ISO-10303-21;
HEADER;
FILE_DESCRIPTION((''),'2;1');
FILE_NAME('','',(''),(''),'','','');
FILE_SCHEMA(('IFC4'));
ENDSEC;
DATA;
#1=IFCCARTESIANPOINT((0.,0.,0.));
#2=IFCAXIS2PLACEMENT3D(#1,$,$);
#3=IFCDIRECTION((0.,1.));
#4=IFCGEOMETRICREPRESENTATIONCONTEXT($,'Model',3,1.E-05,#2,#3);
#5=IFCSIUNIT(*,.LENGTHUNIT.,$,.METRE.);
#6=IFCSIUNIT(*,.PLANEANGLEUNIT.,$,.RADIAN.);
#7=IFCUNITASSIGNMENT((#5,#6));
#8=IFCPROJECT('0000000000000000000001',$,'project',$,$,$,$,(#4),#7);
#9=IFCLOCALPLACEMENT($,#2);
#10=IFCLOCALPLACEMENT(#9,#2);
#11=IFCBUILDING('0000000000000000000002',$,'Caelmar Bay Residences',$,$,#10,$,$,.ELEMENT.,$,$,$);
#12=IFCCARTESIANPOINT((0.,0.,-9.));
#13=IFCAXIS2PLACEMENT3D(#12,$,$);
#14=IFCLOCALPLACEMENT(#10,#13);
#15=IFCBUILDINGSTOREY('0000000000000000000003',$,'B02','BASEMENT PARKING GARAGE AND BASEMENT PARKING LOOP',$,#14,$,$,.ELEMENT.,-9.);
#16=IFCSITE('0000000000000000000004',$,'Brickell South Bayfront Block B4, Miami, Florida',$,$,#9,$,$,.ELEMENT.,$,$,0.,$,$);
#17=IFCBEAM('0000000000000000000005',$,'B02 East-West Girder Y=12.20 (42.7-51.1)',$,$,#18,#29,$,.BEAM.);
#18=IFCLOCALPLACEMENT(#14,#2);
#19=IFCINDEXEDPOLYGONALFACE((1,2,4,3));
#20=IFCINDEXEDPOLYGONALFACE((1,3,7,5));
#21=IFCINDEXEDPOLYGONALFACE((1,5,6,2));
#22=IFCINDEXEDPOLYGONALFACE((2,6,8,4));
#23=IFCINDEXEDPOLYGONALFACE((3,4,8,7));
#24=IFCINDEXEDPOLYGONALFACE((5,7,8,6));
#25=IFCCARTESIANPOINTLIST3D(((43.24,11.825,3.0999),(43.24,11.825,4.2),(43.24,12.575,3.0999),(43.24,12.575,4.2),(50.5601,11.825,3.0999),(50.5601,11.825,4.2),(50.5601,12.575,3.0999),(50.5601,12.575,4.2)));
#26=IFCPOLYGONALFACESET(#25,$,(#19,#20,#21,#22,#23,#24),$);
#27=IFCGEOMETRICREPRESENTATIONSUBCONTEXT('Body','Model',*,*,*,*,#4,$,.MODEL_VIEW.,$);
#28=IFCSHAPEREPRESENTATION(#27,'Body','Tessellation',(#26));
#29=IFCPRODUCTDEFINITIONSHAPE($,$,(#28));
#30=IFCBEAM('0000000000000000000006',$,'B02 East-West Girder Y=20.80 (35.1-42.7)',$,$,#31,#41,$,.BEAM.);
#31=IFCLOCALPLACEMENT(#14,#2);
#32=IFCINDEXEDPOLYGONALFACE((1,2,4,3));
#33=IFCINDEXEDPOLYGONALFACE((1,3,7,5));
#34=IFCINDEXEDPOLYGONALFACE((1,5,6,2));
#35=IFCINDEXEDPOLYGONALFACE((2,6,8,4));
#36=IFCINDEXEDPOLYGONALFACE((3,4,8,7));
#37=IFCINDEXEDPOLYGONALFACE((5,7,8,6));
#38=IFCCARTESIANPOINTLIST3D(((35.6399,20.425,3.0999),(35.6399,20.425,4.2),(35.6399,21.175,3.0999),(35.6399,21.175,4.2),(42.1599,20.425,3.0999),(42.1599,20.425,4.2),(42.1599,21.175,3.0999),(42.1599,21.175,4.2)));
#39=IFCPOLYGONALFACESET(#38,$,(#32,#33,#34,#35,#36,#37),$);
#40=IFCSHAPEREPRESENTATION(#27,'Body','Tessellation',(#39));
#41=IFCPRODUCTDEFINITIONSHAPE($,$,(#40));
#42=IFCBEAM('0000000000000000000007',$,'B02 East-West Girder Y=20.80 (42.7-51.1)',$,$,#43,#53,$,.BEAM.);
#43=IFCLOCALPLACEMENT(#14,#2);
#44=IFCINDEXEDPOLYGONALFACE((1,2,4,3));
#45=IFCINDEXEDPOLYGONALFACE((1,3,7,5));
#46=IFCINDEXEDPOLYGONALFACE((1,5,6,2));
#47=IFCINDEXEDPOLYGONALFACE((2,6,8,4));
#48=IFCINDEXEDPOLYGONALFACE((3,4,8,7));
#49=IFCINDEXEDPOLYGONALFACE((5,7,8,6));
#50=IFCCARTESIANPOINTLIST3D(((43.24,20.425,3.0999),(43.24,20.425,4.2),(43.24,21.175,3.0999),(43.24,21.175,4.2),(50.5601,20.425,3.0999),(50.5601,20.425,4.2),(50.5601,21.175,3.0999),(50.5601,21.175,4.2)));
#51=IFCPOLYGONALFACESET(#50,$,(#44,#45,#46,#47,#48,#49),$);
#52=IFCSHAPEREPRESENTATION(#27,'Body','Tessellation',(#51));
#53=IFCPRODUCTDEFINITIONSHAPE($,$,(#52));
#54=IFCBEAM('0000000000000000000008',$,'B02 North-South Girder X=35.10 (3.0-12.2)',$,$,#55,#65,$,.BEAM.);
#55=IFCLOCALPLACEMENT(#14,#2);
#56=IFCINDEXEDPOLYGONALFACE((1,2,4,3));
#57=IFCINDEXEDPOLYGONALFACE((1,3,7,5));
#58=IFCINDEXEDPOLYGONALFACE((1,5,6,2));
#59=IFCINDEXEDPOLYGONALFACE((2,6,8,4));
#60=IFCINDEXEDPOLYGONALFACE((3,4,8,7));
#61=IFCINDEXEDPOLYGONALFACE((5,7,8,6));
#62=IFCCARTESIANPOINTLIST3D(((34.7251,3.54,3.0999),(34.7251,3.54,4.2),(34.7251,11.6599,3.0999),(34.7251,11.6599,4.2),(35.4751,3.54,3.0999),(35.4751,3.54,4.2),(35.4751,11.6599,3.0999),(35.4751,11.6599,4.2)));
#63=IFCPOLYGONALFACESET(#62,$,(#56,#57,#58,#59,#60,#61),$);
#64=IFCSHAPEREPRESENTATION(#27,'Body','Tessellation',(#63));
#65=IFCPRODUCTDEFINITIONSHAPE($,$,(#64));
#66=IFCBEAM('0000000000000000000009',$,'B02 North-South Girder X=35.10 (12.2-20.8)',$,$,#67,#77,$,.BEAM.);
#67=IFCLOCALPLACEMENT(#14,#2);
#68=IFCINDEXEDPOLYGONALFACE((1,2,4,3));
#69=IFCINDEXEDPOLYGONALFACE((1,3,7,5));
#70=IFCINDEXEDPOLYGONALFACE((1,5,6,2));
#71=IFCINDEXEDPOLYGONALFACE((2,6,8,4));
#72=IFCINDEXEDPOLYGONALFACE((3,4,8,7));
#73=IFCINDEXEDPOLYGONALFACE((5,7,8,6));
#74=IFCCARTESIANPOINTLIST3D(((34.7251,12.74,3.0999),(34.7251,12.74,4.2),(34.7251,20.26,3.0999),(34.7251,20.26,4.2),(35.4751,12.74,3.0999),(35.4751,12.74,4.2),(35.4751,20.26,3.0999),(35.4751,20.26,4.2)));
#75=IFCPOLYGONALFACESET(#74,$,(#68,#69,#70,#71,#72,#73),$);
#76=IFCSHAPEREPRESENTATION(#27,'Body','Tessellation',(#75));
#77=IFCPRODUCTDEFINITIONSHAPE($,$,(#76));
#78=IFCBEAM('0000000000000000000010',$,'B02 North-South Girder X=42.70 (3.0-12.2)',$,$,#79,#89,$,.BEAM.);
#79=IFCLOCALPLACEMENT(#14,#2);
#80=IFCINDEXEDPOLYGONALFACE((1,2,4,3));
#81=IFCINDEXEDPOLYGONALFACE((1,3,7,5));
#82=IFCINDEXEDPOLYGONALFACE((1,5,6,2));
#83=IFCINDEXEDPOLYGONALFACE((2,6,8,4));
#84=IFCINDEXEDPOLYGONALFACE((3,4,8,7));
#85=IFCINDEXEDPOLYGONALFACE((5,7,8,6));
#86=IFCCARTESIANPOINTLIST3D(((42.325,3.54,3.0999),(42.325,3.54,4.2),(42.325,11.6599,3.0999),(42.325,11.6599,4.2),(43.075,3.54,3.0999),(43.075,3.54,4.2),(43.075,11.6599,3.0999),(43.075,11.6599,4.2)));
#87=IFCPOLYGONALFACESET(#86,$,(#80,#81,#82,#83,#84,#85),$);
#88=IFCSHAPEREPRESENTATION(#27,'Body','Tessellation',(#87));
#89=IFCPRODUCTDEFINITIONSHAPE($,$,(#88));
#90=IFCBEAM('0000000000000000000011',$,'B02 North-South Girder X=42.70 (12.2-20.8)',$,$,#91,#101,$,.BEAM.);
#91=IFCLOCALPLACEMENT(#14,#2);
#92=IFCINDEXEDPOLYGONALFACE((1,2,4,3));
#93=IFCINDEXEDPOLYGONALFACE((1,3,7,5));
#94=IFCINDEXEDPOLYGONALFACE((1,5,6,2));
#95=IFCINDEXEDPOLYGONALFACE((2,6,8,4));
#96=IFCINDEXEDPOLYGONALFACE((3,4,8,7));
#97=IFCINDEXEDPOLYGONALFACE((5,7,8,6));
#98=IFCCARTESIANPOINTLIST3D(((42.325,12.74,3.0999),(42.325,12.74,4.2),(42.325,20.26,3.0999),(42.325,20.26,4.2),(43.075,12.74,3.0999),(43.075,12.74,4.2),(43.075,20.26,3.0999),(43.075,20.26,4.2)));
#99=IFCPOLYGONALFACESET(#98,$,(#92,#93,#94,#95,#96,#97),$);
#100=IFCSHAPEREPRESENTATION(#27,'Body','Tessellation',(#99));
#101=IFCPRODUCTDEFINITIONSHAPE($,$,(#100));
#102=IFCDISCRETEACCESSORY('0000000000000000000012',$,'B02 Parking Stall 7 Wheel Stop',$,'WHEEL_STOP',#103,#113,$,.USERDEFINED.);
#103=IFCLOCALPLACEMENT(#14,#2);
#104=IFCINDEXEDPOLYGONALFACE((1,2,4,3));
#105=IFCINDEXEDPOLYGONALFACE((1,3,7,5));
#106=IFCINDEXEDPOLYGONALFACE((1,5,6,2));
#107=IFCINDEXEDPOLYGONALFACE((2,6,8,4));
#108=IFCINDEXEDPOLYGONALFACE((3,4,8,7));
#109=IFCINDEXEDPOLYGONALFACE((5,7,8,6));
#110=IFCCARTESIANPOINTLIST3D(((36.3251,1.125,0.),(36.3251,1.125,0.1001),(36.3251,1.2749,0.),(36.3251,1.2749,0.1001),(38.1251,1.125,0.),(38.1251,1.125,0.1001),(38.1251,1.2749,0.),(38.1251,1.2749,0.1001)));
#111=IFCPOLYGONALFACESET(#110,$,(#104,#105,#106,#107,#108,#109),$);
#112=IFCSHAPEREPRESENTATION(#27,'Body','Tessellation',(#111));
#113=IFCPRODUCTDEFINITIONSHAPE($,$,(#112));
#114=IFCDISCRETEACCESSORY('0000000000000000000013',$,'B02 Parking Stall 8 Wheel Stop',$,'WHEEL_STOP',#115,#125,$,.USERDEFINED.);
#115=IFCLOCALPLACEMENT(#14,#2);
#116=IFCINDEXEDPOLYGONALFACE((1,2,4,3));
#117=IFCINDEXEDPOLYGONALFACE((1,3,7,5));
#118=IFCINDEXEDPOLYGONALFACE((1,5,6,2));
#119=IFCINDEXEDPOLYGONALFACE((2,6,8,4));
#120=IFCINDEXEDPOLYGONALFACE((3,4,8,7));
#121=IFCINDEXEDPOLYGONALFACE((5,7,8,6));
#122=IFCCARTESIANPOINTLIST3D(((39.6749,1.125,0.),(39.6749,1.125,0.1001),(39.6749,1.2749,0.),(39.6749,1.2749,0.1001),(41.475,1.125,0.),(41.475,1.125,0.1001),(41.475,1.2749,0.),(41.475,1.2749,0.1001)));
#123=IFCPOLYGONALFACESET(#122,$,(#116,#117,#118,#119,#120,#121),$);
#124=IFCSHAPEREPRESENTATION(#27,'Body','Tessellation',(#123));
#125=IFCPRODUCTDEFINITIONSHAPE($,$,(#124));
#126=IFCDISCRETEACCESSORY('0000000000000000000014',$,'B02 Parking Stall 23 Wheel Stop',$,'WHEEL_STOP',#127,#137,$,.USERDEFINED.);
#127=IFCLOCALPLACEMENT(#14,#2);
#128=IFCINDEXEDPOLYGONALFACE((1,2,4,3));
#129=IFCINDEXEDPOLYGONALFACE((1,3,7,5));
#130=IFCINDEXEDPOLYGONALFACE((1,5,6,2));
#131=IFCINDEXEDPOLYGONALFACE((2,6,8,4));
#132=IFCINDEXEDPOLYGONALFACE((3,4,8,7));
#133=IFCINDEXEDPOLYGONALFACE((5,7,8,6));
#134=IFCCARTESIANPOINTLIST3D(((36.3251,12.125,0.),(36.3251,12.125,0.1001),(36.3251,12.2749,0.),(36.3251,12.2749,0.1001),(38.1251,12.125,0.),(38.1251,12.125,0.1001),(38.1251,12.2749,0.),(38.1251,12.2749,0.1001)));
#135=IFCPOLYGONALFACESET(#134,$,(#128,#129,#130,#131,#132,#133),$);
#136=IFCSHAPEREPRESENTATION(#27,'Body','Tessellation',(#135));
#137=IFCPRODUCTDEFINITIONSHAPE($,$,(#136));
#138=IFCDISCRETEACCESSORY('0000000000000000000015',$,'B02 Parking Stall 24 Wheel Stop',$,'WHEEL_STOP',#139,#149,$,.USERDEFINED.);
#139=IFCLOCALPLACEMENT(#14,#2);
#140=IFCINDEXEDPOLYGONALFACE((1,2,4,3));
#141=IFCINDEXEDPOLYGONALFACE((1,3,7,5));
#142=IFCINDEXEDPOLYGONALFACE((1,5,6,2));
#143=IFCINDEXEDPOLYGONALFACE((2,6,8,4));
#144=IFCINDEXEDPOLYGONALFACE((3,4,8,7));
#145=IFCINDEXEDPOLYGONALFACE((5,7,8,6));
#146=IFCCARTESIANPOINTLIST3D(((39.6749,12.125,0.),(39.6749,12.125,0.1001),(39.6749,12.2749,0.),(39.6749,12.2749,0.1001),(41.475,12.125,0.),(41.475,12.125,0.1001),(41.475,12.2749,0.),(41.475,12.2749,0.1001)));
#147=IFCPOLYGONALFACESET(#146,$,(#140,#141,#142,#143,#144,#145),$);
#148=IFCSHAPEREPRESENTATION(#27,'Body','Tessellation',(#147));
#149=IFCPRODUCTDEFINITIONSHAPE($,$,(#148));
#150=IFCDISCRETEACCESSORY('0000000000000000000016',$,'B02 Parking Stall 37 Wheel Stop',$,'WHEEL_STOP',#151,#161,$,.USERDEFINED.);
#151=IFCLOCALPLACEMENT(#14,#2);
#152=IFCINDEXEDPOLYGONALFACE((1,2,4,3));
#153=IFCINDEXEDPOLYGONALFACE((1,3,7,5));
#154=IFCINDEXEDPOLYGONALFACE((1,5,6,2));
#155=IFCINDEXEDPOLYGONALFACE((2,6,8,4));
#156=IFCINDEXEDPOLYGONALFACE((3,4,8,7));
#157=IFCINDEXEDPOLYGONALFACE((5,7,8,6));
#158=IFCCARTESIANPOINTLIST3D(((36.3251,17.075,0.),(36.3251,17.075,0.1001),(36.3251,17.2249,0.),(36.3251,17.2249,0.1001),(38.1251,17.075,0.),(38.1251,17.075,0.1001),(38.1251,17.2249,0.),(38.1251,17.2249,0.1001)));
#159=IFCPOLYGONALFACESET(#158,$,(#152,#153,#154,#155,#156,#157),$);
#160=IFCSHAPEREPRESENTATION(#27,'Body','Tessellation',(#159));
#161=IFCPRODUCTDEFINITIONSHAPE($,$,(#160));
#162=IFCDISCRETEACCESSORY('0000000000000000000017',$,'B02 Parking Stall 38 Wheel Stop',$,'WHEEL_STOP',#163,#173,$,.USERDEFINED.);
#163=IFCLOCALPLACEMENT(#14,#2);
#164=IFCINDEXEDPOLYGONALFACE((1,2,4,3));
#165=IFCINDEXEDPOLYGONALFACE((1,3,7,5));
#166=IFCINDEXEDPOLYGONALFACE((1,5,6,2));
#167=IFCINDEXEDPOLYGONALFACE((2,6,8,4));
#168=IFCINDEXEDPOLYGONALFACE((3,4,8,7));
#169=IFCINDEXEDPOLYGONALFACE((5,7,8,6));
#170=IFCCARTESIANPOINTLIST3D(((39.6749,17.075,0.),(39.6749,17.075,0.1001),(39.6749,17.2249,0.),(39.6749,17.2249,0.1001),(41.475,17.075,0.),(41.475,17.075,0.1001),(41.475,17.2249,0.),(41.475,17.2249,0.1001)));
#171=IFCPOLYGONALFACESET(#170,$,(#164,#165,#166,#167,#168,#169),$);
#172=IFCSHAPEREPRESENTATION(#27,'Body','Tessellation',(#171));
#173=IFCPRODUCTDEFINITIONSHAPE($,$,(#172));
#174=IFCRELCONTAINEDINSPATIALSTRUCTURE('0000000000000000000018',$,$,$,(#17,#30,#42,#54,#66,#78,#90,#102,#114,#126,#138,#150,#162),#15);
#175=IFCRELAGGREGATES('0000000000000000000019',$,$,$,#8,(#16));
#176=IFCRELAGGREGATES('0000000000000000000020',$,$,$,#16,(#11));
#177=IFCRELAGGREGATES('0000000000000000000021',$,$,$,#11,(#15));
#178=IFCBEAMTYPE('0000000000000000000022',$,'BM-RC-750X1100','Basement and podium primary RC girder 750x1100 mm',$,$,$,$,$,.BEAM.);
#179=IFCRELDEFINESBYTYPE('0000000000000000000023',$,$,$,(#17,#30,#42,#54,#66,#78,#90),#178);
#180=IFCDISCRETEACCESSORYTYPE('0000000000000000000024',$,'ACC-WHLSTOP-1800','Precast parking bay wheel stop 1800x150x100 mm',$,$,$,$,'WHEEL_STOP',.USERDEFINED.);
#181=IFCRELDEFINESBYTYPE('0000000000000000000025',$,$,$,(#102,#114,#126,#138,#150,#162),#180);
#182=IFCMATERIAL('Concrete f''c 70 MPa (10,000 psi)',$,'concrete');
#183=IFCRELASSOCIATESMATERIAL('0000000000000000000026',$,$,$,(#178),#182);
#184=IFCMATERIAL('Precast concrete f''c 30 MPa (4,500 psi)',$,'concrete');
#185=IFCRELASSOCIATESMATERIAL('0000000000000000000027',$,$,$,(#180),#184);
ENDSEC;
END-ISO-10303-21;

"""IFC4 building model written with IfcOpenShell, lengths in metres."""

from ifc_helpers import new_model, si_unit, direction, frame, origin, origin_2d, place, context, subcontext, project, spatial, rectangle, extrude, material, material_profile, profile_set, type_object, element, save


model = new_model("IFC4")

# Units and contexts
model_context = context("Model", 3, precision=1e-05, world=origin(), true_north=direction((0.0, 1.0)))
body_context = subcontext(model_context, "Body", "Model", "MODEL_VIEW")
ifc_project = project(units=[si_unit("LENGTHUNIT", "METRE"), si_unit("PLANEANGLEUNIT", "RADIAN")], contexts=[model_context])

# Site, building, storey
site_placement = place(None, origin())
site = spatial("IfcSite", under=ifc_project, at=site_placement, Name="Brickell South Bayfront Block B4, Miami, Florida", CompositionType="ELEMENT", RefElevation=0.0)
building_placement = place(site_placement, origin())
building = spatial("IfcBuilding", under=site, at=building_placement, Name="Caelmar Bay Residences", CompositionType="ELEMENT")
storey_placement = place(building_placement, frame((0.0, 0.0, -9.0)))
storey = spatial("IfcBuildingStorey", under=building, at=storey_placement, Name="B02", Description="BASEMENT PARKING GARAGE AND BASEMENT PARKING LOOP", CompositionType="ELEMENT", Elevation=-9.0)

# Shared definitions
ifc_material_1 = material(Name="Concrete f'c 70 MPa (10,000 psi)", Category="concrete")

# Beams
ifc_material_profile_1 = material_profile(ifc_material_1, rectangle(XDim=0.75, YDim=1.1001, at=origin_2d()), Name="RC-BM-750X1100")
ifc_profile_set_1 = profile_set([ifc_material_profile_1], Name="Concrete f'c 70 MPa (10,000 psi)")
beam_type_1 = type_object("IfcBeamType", Name="BM-RC-750X1100", Description="Basement and podium primary RC girder 750x1100 mm", PredefinedType="BEAM", material=ifc_profile_set_1)
beam_1_placement = place(storey_placement, frame((43.24, 12.2, 3.6499), z_axis=(1.0, 0.0, 0.0), x_axis=(0.0, 1.0, 0.0)))
element("IfcBeam", 1, at=beam_1_placement, inside=storey, type_object=beam_type_1, Name="B02 East-West Girder Y=12.20 (42.7-51.1)", PredefinedType="BEAM", context=body_context, shape_type="SweptSolid", body=[
    extrude(rectangle(XDim=0.75, YDim=1.1001, at=origin_2d()), origin(), (0.0, 0.0, 1.0), 7.3201),
])
beam_2_placement = place(storey_placement, frame((35.6399, 20.8, 3.6499), z_axis=(1.0, 0.0, 0.0), x_axis=(0.0, 1.0, 0.0)))
element("IfcBeam", 2, at=beam_2_placement, inside=storey, type_object=beam_type_1, Name="B02 East-West Girder Y=20.80 (35.1-42.7)", PredefinedType="BEAM", context=body_context, shape_type="SweptSolid", body=[
    extrude(rectangle(XDim=0.75, YDim=1.1001, at=origin_2d()), origin(), (0.0, 0.0, 1.0), 6.52),
])
beam_3_placement = place(storey_placement, frame((43.24, 20.8, 3.6499), z_axis=(1.0, 0.0, 0.0), x_axis=(0.0, 1.0, 0.0)))
element("IfcBeam", 3, at=beam_3_placement, inside=storey, type_object=beam_type_1, Name="B02 East-West Girder Y=20.80 (42.7-51.1)", PredefinedType="BEAM", context=body_context, shape_type="SweptSolid", body=[
    extrude(rectangle(XDim=0.75, YDim=1.1001, at=origin_2d()), origin(), (0.0, 0.0, 1.0), 7.3201),
])
beam_4_placement = place(storey_placement, frame((35.1001, 3.54, 3.6499), z_axis=(0.0, 1.0, 0.0), x_axis=(-1.0, 0.0, 0.0)))
element("IfcBeam", 4, at=beam_4_placement, inside=storey, type_object=beam_type_1, Name="B02 North-South Girder X=35.10 (3.0-12.2)", PredefinedType="BEAM", context=body_context, shape_type="SweptSolid", body=[
    extrude(rectangle(XDim=0.75, YDim=1.1001, at=origin_2d()), origin(), (0.0, 0.0, 1.0), 8.1199),
])
beam_5_placement = place(storey_placement, frame((35.1001, 12.74, 3.6499), z_axis=(0.0, 1.0, 0.0), x_axis=(-1.0, 0.0, 0.0)))
element("IfcBeam", 5, at=beam_5_placement, inside=storey, type_object=beam_type_1, Name="B02 North-South Girder X=35.10 (12.2-20.8)", PredefinedType="BEAM", context=body_context, shape_type="SweptSolid", body=[
    extrude(rectangle(XDim=0.75, YDim=1.1001, at=origin_2d()), origin(), (0.0, 0.0, 1.0), 7.52),
])
beam_6_placement = place(storey_placement, frame((42.7, 3.54, 3.6499), z_axis=(0.0, 1.0, 0.0), x_axis=(-1.0, 0.0, 0.0)))
element("IfcBeam", 6, at=beam_6_placement, inside=storey, type_object=beam_type_1, Name="B02 North-South Girder X=42.70 (3.0-12.2)", PredefinedType="BEAM", context=body_context, shape_type="SweptSolid", body=[
    extrude(rectangle(XDim=0.75, YDim=1.1001, at=origin_2d()), origin(), (0.0, 0.0, 1.0), 8.1199),
])
beam_7_placement = place(storey_placement, frame((42.7, 12.74, 3.6499), z_axis=(0.0, 1.0, 0.0), x_axis=(-1.0, 0.0, 0.0)))
element("IfcBeam", 7, at=beam_7_placement, inside=storey, type_object=beam_type_1, Name="B02 North-South Girder X=42.70 (12.2-20.8)", PredefinedType="BEAM", context=body_context, shape_type="SweptSolid", body=[
    extrude(rectangle(XDim=0.75, YDim=1.1001, at=origin_2d()), origin(), (0.0, 0.0, 1.0), 7.52),
])

# Discrete accessories
ifc_material_2 = material(Name="Precast concrete f'c 30 MPa (4,500 psi)", Category="concrete")
discrete_accessory_type = type_object("IfcDiscreteAccessoryType", Name="ACC-WHLSTOP-1800", Description="Precast parking bay wheel stop 1800x150x100 mm", ElementType="WHEEL_STOP", PredefinedType="USERDEFINED", material=ifc_material_2)
for number, where, z_axis, x_axis, name in (
    (8, (37.2251, 1.2, 0.0), (0.0, 0.0, 1.0), (1.0, 0.0, 0.0), "B02 Parking Stall 7 Wheel Stop"),
    (9, (40.575, 1.2, 0.0), (0.0, 0.0, 1.0), (1.0, 0.0, 0.0), "B02 Parking Stall 8 Wheel Stop"),
    (10, (37.2251, 12.2, 0.0), (0.0, 0.0, 1.0), (1.0, 0.0, 0.0), "B02 Parking Stall 23 Wheel Stop"),
    (11, (40.575, 12.2, 0.0), (0.0, 0.0, 1.0), (1.0, 0.0, 0.0), "B02 Parking Stall 24 Wheel Stop"),
    (12, (37.2251, 17.1499, 0.0), (0.0, 0.0, 1.0), (1.0, 0.0, 0.0), "B02 Parking Stall 37 Wheel Stop"),
    (13, (40.575, 17.1499, 0.0), (0.0, 0.0, 1.0), (1.0, 0.0, 0.0), "B02 Parking Stall 38 Wheel Stop"),
):
    element("IfcDiscreteAccessory", number, at=place(storey_placement, frame(where, z_axis=z_axis, x_axis=x_axis)), inside=storey, type_object=discrete_accessory_type, Name=name, ObjectType="WHEEL_STOP", PredefinedType="USERDEFINED", context=body_context, shape_type="SweptSolid", body=[
        extrude(rectangle(XDim=1.8, YDim=0.1499, at=origin_2d()), origin(), (0.0, 0.0, 1.0), 0.1001),
    ])

save(model, "model.ifc")
